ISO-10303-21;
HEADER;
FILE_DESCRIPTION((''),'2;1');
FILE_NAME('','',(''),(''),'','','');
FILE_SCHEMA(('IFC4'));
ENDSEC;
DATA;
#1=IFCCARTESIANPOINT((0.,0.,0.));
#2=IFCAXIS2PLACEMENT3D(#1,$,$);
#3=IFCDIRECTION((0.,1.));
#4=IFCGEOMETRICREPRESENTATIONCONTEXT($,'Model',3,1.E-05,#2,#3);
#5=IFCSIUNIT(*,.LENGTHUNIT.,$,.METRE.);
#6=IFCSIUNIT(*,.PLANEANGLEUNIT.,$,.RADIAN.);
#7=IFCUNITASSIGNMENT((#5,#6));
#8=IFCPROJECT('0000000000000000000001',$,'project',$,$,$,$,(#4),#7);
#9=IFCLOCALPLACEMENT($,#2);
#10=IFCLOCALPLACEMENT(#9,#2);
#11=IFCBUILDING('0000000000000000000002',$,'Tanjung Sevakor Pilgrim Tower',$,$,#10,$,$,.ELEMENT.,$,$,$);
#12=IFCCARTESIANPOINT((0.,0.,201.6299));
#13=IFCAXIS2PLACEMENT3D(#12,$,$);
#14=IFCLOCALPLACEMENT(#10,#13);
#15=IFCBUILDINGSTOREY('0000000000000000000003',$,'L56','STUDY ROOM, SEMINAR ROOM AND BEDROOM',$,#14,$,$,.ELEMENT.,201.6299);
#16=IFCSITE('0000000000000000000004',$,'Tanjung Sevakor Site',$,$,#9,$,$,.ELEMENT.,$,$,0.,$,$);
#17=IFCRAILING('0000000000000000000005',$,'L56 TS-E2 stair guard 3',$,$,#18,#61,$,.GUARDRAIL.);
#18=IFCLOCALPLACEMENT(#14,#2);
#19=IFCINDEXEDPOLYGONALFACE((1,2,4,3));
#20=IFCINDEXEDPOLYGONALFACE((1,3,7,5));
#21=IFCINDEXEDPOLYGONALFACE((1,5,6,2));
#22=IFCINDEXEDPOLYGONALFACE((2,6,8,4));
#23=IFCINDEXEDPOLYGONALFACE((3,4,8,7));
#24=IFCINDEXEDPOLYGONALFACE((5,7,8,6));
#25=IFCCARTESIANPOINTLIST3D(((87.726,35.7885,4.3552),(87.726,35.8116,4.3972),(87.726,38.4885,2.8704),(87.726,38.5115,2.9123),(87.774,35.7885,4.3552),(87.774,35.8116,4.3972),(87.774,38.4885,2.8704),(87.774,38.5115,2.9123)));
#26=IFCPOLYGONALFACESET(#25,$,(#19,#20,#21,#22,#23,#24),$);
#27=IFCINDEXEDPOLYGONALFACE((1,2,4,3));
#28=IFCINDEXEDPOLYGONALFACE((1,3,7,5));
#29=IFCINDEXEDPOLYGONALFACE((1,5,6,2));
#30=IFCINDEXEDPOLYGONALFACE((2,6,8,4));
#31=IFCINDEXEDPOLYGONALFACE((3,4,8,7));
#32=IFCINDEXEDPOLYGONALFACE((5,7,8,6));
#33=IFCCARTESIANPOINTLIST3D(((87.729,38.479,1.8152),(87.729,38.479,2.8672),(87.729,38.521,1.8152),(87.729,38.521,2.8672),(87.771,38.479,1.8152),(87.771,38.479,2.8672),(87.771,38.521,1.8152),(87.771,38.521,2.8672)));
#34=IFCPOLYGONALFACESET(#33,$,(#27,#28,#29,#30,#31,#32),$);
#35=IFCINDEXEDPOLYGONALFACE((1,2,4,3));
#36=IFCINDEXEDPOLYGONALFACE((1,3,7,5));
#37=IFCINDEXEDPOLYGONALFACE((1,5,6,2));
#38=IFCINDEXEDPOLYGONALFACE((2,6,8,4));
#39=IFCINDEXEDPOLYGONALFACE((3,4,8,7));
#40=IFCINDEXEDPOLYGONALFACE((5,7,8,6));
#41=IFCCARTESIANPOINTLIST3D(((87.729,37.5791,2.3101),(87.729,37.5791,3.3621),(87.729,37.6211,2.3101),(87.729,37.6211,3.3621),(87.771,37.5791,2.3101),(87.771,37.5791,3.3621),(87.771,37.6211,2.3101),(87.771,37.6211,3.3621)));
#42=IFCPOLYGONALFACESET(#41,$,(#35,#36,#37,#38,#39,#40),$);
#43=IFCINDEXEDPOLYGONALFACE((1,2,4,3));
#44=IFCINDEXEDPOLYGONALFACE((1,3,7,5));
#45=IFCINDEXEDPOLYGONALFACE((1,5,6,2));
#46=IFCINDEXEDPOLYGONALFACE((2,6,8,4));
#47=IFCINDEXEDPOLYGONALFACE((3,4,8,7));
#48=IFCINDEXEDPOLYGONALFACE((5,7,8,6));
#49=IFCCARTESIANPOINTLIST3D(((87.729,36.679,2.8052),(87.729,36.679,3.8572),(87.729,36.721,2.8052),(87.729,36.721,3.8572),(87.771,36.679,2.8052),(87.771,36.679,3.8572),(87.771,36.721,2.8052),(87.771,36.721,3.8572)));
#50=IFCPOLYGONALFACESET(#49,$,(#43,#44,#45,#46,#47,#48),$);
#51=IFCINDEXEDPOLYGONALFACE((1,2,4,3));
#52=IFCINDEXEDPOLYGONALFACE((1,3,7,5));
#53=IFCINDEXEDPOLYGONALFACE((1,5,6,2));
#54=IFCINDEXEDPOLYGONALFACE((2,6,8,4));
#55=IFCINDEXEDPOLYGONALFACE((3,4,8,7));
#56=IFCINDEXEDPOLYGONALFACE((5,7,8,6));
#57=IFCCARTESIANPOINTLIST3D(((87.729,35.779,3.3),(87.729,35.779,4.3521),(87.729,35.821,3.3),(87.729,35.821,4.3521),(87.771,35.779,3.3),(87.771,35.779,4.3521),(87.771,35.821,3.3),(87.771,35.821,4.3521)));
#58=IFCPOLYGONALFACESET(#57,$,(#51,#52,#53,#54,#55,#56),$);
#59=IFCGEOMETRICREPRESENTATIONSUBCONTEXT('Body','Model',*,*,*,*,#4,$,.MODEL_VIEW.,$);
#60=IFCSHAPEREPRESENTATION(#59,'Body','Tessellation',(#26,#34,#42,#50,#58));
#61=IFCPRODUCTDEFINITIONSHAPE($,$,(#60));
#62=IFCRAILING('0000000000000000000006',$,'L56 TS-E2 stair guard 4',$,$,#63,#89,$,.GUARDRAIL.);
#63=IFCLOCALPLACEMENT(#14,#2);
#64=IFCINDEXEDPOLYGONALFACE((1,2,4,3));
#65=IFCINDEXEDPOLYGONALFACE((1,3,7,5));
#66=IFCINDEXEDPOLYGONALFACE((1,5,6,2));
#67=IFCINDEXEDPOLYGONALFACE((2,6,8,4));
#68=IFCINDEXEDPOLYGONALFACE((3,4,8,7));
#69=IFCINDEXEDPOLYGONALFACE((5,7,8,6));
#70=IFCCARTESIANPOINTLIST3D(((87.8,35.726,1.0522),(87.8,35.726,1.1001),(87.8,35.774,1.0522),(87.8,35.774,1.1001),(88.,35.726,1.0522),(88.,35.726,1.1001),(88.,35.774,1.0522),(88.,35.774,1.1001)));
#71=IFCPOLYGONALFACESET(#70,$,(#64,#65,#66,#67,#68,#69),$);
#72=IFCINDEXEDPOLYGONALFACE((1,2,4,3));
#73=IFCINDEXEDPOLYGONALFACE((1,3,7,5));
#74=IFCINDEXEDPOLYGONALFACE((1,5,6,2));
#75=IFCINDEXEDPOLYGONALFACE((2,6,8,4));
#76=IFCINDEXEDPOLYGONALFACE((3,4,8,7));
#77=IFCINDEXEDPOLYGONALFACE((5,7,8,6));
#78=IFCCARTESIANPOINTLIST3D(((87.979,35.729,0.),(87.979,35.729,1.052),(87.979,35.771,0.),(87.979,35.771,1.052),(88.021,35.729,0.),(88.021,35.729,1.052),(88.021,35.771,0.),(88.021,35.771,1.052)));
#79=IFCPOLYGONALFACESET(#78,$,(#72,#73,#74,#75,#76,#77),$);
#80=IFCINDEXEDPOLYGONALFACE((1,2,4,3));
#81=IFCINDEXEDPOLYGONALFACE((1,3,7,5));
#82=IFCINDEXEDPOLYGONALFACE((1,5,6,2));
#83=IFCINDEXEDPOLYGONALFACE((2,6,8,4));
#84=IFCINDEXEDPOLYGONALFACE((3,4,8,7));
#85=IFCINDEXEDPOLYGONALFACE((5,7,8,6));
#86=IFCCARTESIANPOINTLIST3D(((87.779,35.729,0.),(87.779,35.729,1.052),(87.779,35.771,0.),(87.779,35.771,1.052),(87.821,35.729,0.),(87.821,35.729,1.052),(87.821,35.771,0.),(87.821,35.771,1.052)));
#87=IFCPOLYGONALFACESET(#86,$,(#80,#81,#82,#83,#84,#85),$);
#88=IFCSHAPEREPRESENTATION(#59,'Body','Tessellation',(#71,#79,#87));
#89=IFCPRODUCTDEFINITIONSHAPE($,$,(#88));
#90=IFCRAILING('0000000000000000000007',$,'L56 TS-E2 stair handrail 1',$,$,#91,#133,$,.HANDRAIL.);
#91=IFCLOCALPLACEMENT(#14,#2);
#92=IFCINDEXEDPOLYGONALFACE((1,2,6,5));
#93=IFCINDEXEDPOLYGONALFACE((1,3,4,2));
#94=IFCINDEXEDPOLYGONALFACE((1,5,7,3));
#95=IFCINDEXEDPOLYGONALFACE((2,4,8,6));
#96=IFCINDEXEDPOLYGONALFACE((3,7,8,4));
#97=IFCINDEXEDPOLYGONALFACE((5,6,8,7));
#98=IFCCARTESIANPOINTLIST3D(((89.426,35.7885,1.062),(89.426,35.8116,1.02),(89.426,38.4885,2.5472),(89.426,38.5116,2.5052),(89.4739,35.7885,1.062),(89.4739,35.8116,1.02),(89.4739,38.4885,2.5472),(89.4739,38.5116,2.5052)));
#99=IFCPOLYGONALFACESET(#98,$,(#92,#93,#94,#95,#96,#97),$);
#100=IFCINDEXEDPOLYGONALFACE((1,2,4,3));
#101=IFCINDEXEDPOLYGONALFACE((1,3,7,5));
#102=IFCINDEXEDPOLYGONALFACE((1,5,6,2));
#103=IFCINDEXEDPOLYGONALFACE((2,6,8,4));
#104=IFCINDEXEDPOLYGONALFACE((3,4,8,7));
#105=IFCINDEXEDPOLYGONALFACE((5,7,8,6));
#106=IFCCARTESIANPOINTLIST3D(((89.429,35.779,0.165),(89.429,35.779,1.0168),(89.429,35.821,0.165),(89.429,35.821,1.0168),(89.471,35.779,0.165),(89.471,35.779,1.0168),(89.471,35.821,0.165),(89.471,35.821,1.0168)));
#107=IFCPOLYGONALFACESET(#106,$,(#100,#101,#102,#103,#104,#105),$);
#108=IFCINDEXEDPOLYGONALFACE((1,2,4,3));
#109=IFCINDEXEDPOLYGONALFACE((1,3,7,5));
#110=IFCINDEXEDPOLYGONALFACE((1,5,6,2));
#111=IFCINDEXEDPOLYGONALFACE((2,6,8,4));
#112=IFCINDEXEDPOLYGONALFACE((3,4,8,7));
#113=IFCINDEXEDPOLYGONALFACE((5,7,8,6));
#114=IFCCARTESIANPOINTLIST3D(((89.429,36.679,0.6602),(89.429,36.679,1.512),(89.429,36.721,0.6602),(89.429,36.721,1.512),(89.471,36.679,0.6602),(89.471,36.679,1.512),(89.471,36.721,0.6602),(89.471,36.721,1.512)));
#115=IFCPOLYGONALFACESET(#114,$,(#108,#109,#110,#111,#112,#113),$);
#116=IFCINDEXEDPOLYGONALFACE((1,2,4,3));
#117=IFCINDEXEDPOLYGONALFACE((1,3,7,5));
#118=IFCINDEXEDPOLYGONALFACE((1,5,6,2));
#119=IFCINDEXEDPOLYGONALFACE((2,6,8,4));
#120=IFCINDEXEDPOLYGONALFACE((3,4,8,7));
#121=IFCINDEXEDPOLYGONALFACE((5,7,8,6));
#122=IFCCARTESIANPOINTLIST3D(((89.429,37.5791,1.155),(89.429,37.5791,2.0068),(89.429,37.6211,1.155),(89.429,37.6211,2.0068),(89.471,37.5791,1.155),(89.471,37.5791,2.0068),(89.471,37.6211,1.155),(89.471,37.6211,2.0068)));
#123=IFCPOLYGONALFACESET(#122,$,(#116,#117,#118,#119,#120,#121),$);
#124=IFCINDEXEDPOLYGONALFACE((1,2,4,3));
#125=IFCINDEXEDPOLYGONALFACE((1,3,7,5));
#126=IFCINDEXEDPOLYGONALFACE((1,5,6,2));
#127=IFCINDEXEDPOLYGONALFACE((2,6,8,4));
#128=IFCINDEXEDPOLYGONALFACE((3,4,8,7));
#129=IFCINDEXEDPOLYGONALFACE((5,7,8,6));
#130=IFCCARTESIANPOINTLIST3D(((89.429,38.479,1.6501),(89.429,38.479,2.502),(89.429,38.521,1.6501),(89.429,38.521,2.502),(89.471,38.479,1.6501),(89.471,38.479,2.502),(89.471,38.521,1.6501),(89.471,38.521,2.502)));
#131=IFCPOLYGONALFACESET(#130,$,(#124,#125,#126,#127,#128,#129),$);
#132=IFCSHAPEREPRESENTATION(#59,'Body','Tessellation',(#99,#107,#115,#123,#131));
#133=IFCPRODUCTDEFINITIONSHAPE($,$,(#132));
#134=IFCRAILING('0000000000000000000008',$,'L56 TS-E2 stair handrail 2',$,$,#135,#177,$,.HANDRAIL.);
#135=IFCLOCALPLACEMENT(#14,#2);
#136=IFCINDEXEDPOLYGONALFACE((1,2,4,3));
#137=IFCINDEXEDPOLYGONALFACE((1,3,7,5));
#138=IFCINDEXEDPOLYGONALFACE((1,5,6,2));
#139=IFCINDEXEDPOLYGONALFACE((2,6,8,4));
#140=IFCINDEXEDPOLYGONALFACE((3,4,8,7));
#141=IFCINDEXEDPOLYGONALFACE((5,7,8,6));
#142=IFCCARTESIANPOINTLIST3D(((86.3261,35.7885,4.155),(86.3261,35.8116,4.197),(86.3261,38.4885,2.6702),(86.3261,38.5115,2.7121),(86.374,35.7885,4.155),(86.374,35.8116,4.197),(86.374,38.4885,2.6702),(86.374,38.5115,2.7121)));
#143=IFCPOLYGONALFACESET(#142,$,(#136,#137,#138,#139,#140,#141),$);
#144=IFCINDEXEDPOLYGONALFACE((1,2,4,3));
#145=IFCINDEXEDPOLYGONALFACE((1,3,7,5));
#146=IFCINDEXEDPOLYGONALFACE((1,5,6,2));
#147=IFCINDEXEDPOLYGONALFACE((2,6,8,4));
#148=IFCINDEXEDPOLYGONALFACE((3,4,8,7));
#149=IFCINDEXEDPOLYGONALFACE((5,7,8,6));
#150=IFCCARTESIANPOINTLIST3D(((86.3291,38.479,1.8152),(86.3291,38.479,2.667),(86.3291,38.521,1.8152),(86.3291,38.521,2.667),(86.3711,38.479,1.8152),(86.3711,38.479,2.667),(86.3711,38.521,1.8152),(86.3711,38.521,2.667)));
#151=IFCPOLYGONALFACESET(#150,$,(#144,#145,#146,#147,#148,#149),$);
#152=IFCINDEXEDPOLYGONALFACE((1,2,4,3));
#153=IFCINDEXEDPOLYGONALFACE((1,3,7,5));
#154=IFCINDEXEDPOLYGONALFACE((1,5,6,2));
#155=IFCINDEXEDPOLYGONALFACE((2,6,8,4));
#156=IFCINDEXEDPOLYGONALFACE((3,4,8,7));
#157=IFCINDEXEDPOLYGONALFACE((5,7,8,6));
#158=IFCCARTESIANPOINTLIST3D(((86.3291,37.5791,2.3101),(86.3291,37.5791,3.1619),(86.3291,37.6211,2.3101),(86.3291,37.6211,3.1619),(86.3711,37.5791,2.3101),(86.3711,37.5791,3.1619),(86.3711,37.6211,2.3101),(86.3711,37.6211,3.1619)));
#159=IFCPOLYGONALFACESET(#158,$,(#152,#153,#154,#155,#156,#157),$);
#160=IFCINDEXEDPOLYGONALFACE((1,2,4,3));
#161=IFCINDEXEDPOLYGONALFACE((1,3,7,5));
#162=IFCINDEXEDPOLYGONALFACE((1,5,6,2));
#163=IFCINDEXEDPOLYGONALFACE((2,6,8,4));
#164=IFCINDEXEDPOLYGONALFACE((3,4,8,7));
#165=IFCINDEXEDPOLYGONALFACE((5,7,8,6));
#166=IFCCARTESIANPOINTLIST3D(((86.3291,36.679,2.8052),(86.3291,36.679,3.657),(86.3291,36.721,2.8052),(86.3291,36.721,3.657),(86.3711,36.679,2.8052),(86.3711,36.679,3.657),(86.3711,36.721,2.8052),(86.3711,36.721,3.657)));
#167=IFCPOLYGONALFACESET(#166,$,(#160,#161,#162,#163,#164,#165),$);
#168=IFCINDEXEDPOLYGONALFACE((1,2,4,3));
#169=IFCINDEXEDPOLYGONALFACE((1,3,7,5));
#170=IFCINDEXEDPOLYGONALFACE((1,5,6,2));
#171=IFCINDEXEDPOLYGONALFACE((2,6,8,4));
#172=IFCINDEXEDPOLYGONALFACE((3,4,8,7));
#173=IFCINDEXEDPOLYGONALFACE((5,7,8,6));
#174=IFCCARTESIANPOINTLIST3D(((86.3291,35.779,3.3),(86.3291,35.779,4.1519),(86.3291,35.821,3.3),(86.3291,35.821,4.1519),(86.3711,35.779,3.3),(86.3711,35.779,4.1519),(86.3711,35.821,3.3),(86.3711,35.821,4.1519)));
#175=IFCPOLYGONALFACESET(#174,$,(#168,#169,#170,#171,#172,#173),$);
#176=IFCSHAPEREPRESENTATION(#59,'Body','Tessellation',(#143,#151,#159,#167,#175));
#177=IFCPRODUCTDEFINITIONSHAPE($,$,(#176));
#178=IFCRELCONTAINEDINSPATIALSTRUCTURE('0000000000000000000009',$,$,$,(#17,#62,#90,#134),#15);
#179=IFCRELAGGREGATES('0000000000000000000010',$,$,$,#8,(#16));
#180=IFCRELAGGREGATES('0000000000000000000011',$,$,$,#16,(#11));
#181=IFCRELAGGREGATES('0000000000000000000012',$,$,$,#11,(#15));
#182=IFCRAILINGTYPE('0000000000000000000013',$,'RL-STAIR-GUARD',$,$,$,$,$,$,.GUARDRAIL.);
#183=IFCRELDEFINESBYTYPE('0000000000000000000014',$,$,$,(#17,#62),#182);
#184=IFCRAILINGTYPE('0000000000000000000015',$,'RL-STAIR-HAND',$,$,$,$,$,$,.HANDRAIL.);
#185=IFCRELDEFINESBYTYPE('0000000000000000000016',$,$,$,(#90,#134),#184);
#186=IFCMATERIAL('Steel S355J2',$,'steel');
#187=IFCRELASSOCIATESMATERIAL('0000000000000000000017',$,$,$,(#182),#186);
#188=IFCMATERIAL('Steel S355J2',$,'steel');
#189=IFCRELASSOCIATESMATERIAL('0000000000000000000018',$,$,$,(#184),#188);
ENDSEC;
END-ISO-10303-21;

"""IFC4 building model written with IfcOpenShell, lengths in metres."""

from ifc_helpers import new_model, si_unit, direction, frame, origin, place, context, subcontext, project, spatial, rectangle, extrude, material, type_object, element, save


model = new_model("IFC4")

# Units and contexts
model_context = context("Model", 3, precision=1e-05, world=origin(), true_north=direction((0.0, 1.0)))
body_context = subcontext(model_context, "Body", "Model", "MODEL_VIEW")
ifc_project = project(units=[si_unit("LENGTHUNIT", "METRE"), si_unit("PLANEANGLEUNIT", "RADIAN")], contexts=[model_context])

# Site, building, storey
site_placement = place(None, origin())
site = spatial("IfcSite", under=ifc_project, at=site_placement, Name="Tanjung Sevakor Site", CompositionType="ELEMENT", RefElevation=0.0)
building_placement = place(site_placement, origin())
building = spatial("IfcBuilding", under=site, at=building_placement, Name="Tanjung Sevakor Pilgrim Tower", CompositionType="ELEMENT")
storey_placement = place(building_placement, frame((0.0, 0.0, 201.6299)))
storey = spatial("IfcBuildingStorey", under=building, at=storey_placement, Name="L56", Description="STUDY ROOM, SEMINAR ROOM AND BEDROOM", CompositionType="ELEMENT", Elevation=201.6299)

# Railings
ifc_material_1 = material(Name="Steel S355J2", Category="steel")
railing_type_1 = type_object("IfcRailingType", Name="RL-STAIR-GUARD", PredefinedType="GUARDRAIL", material=ifc_material_1)
railing_1_placement = place(storey_placement, frame((87.75, 38.5, 1.8152)))
element("IfcRailing", 1, at=railing_1_placement, inside=storey, type_object=railing_type_1, Name="L56 TS-E2 stair guard 3", PredefinedType="GUARDRAIL", context=body_context, shape_type="SweptSolid", body=[
    extrude(rectangle(XDim=0.0479, YDim=0.0479), frame((0.0, 0.0, 1.0762), z_axis=(0.0, -0.876231, 0.481891), x_axis=(1.0, 0.0, 0.0)), (0.0, 0.0, 1.0), 3.0813),
    extrude(rectangle(XDim=0.042, YDim=0.042), origin(), (0.0, 0.0, 1.0), 1.052),
    extrude(rectangle(XDim=0.042, YDim=0.042), frame((0.0, -0.8999, 0.4949)), (0.0, 0.0, 1.0), 1.052),
    extrude(rectangle(XDim=0.042, YDim=0.042), frame((0.0, -1.8, 0.99)), (0.0, 0.0, 1.0), 1.052),
    extrude(rectangle(XDim=0.042, YDim=0.042), frame((0.0, -2.7, 1.4849)), (0.0, 0.0, 1.0), 1.052),
])
railing_2_placement = place(storey_placement, frame((88.0, 35.75, 0.0)))
element("IfcRailing", 2, at=railing_2_placement, inside=storey, type_object=railing_type_1, Name="L56 TS-E2 stair guard 4", PredefinedType="GUARDRAIL", context=body_context, shape_type="SweptSolid", body=[
    extrude(rectangle(XDim=0.0479, YDim=0.0479), frame((0.0, 0.0, 1.0762), z_axis=(-1.0, 0.0, 0.0), x_axis=(0.0, -1.0, 0.0)), (0.0, 0.0, 1.0), 0.2),
    extrude(rectangle(XDim=0.042, YDim=0.042), origin(), (0.0, 0.0, 1.0), 1.052),
    extrude(rectangle(XDim=0.042, YDim=0.042), frame((-0.2, 0.0, 0.0)), (0.0, 0.0, 1.0), 1.052),
])
ifc_material_2 = material(Name="Steel S355J2", Category="steel")
railing_type_2 = type_object("IfcRailingType", Name="RL-STAIR-HAND", PredefinedType="HANDRAIL", material=ifc_material_2)
railing_3_placement = place(storey_placement, frame((89.45, 35.8, 0.165)))
element("IfcRailing", 3, at=railing_3_placement, inside=storey, type_object=railing_type_2, Name="L56 TS-E2 stair handrail 1", PredefinedType="HANDRAIL", context=body_context, shape_type="SweptSolid", body=[
    extrude(rectangle(XDim=0.0479, YDim=0.0479), frame((0.0, 0.0, 0.876), z_axis=(0.0, 0.876198, 0.481952), x_axis=(-1.0, 0.0, 0.0)), (0.0, 0.0, 1.0), 3.0815),
    extrude(rectangle(XDim=0.042, YDim=0.042), origin(), (0.0, 0.0, 1.0), 0.8518),
    extrude(rectangle(XDim=0.042, YDim=0.042), frame((0.0, 0.8999, 0.4951)), (0.0, 0.0, 1.0), 0.8518),
    extrude(rectangle(XDim=0.042, YDim=0.042), frame((0.0, 1.8, 0.99)), (0.0, 0.0, 1.0), 0.8518),
    extrude(rectangle(XDim=0.042, YDim=0.042), frame((0.0, 2.7, 1.4851)), (0.0, 0.0, 1.0), 0.8518),
])
railing_4_placement = place(storey_placement, frame((86.3501, 38.5, 1.8152)))
element("IfcRailing", 4, at=railing_4_placement, inside=storey, type_object=railing_type_2, Name="L56 TS-E2 stair handrail 2", PredefinedType="HANDRAIL", context=body_context, shape_type="SweptSolid", body=[
    extrude(rectangle(XDim=0.0479, YDim=0.0479), frame((0.0, 0.0, 0.876), z_axis=(0.0, -0.876231, 0.481891), x_axis=(1.0, 0.0, 0.0)), (0.0, 0.0, 1.0), 3.0813),
    extrude(rectangle(XDim=0.042, YDim=0.042), origin(), (0.0, 0.0, 1.0), 0.8518),
    extrude(rectangle(XDim=0.042, YDim=0.042), frame((0.0, -0.8999, 0.4949)), (0.0, 0.0, 1.0), 0.8518),
    extrude(rectangle(XDim=0.042, YDim=0.042), frame((0.0, -1.8, 0.99)), (0.0, 0.0, 1.0), 0.8518),
    extrude(rectangle(XDim=0.042, YDim=0.042), frame((0.0, -2.7, 1.4849)), (0.0, 0.0, 1.0), 0.8518),
])

save(model, "model.ifc")
